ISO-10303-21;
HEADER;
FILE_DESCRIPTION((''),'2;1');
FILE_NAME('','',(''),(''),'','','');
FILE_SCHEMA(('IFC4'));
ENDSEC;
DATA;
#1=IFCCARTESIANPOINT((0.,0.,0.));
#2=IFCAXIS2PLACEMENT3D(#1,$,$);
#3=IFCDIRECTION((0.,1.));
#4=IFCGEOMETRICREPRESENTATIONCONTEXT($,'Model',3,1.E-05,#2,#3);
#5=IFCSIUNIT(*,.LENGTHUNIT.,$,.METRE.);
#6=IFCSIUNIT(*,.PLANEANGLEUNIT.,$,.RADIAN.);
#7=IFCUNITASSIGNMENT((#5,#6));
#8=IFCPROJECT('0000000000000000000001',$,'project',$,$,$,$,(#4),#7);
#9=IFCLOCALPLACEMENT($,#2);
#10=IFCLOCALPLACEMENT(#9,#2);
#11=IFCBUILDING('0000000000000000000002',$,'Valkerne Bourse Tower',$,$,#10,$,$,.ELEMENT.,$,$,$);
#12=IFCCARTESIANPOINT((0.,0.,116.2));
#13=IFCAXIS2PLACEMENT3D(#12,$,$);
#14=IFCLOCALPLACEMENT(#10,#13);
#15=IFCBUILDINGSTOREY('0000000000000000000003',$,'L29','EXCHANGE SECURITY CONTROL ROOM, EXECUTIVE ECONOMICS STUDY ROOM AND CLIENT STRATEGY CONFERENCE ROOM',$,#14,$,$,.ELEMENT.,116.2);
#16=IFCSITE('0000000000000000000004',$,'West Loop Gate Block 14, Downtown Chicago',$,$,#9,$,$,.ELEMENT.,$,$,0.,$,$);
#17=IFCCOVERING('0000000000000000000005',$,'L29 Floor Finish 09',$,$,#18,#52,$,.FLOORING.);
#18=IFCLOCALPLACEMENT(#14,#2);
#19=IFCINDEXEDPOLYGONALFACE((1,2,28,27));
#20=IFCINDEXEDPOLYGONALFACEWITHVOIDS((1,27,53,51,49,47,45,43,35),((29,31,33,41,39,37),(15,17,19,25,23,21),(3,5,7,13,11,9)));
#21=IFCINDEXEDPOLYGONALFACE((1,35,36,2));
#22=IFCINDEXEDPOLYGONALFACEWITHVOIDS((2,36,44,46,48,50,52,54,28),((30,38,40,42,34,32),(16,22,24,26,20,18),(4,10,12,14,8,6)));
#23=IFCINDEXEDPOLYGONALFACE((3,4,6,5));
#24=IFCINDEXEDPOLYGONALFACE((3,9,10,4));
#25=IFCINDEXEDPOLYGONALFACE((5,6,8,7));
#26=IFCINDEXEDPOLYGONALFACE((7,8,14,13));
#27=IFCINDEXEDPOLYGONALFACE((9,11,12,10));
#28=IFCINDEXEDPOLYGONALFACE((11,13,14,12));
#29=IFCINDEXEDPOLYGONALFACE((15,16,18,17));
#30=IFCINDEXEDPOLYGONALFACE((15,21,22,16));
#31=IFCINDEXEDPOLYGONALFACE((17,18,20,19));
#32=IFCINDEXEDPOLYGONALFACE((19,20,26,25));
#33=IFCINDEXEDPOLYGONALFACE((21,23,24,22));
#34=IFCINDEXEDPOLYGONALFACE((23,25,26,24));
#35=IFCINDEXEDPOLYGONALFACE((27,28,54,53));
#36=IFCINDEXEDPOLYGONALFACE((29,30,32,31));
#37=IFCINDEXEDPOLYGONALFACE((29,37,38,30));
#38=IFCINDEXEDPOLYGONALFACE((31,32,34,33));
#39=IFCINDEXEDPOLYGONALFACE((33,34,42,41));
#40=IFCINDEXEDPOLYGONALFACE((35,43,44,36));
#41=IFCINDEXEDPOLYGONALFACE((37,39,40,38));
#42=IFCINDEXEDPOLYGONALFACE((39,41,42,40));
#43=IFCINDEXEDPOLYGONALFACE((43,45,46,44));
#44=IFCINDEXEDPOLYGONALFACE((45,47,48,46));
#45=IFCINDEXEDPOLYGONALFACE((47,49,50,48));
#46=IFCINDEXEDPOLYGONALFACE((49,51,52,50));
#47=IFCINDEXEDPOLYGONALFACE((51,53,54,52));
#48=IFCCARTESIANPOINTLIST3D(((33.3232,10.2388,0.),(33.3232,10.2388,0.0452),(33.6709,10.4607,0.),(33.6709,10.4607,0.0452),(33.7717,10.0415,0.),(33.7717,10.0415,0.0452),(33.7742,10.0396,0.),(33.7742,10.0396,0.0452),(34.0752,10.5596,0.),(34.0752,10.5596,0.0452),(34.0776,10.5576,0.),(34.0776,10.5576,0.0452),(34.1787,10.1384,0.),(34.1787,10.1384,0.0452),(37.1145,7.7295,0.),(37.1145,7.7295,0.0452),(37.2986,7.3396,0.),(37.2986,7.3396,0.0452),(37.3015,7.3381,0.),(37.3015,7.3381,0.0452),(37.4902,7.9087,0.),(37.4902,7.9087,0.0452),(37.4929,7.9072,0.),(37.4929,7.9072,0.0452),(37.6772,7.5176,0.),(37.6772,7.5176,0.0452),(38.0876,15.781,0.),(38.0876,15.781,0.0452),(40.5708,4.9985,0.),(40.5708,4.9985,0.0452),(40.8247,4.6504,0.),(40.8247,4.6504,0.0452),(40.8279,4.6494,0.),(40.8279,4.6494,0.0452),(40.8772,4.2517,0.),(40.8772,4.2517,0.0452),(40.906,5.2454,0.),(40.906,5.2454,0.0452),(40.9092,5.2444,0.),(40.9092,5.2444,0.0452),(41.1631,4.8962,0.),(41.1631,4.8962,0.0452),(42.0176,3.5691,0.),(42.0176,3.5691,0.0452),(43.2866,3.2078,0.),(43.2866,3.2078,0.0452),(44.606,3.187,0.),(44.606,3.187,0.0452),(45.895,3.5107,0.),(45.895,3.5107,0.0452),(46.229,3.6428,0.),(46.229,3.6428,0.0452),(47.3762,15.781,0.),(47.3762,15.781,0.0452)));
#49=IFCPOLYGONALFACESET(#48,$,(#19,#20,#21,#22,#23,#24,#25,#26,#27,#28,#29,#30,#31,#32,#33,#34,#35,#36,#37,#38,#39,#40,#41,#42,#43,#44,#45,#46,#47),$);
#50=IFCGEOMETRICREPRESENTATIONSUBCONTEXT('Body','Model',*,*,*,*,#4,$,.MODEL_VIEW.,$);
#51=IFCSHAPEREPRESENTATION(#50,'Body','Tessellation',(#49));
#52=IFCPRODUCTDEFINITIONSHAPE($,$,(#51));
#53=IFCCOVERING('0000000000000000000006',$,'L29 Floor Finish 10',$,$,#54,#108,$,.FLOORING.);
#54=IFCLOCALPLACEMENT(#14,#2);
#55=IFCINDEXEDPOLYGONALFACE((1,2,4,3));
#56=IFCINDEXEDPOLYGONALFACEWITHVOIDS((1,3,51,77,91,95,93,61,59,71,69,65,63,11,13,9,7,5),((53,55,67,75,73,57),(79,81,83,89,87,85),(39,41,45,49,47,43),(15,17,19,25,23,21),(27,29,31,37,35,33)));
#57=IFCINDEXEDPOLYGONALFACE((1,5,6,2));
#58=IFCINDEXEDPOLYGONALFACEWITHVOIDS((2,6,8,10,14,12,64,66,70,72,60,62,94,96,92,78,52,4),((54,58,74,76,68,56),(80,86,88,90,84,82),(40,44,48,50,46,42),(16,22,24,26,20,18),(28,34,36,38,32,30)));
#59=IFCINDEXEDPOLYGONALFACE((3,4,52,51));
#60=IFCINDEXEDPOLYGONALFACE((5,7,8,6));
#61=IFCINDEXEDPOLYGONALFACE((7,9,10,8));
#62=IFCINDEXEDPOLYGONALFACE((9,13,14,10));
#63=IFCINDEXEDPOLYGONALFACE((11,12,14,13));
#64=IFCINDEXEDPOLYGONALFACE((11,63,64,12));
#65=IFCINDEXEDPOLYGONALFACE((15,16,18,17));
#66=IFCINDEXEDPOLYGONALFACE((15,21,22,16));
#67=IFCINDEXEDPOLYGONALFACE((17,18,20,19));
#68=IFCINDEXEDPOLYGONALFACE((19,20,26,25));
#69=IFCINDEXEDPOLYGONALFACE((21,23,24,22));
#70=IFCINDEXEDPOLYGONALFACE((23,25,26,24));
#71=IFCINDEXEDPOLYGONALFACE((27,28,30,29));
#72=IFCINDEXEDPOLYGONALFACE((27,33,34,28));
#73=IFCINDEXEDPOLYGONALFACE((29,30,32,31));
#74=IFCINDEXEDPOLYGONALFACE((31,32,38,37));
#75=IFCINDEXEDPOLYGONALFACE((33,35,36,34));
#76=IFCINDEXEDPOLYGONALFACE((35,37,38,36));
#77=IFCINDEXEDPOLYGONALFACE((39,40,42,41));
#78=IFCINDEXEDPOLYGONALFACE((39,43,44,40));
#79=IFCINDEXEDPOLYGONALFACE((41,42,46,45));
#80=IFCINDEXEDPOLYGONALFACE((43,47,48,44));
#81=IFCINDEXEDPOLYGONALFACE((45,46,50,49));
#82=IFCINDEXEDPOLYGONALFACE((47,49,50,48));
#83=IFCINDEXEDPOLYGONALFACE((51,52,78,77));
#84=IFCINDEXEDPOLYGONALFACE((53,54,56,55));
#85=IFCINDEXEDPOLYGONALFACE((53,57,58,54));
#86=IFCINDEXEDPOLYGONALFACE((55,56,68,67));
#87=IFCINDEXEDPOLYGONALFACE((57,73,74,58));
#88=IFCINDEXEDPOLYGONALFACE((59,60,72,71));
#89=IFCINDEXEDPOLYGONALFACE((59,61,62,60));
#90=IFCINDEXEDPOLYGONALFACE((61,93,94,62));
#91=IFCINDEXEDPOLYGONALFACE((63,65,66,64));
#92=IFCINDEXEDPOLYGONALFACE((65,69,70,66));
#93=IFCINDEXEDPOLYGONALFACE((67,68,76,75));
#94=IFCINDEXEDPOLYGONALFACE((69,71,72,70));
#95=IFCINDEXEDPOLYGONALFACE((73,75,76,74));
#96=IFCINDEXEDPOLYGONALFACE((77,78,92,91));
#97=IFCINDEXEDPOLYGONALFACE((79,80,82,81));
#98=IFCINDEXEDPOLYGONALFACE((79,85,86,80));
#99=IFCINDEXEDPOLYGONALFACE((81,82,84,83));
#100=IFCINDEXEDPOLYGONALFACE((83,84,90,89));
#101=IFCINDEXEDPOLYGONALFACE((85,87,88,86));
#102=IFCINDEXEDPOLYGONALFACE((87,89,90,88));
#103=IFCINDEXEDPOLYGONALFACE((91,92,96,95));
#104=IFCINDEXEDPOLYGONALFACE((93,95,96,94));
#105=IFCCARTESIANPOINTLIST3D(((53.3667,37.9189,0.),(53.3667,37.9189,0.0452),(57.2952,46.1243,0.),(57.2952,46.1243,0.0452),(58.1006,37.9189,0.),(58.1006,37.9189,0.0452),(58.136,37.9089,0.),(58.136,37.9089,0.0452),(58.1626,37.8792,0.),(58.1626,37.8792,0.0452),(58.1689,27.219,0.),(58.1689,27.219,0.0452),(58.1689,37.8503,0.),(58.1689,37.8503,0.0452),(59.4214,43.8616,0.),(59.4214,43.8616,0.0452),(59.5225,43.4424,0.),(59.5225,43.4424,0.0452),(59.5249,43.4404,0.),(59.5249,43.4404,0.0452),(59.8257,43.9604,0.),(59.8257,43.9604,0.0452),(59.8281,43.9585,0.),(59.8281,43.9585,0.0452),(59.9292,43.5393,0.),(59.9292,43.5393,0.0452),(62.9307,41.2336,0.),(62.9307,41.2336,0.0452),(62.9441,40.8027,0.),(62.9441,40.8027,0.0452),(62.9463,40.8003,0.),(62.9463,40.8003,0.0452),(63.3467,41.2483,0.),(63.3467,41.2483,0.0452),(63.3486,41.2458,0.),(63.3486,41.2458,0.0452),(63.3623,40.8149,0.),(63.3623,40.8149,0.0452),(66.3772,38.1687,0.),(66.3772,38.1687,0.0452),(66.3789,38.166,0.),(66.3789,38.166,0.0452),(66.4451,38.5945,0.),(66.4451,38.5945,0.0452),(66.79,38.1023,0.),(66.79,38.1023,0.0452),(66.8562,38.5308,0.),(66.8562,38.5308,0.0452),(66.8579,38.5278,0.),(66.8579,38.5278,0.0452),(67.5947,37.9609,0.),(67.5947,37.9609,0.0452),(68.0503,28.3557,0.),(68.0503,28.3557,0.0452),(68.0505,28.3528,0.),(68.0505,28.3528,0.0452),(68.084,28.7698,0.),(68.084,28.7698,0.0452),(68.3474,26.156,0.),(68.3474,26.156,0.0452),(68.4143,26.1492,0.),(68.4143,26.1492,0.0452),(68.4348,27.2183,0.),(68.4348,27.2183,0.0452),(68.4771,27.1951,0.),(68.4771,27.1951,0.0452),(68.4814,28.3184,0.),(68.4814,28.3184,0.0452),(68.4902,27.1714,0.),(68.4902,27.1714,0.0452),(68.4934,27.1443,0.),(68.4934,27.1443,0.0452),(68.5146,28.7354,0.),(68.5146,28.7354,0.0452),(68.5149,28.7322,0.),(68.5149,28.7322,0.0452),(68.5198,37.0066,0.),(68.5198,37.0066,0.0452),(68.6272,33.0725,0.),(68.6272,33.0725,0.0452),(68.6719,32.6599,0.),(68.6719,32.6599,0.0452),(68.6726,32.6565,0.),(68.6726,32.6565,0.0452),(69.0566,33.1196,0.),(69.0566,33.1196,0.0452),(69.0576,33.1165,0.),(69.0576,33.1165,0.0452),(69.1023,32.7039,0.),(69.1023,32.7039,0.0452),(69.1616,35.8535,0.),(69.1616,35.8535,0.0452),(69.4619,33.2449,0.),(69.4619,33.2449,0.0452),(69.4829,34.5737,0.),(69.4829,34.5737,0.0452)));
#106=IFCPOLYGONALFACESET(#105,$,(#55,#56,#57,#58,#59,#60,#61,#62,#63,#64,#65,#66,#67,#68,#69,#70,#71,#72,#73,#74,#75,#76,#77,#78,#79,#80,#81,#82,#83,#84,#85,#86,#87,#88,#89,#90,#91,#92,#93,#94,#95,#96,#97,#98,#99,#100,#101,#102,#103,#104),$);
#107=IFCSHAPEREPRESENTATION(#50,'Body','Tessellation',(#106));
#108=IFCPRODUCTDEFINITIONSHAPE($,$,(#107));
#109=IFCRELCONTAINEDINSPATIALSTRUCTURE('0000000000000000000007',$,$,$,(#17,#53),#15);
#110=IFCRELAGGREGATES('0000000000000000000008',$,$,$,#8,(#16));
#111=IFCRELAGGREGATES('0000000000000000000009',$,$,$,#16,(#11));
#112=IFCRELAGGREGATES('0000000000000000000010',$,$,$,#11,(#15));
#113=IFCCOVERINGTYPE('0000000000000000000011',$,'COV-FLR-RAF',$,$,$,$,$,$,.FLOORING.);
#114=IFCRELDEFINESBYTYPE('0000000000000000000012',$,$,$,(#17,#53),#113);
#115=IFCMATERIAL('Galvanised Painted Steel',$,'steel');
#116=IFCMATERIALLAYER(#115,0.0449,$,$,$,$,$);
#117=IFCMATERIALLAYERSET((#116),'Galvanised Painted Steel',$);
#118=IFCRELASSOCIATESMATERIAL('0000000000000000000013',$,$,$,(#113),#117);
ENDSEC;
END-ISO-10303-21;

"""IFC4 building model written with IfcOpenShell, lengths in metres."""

from ifc_helpers import new_model, si_unit, direction, frame, origin, place, context, subcontext, project, spatial, polyline, outline, extrude, material, layer, layer_set, type_object, element, save


model = new_model("IFC4")

# Units and contexts
model_context = context("Model", 3, precision=1e-05, world=origin(), true_north=direction((0.0, 1.0)))
body_context = subcontext(model_context, "Body", "Model", "MODEL_VIEW")
ifc_project = project(units=[si_unit("LENGTHUNIT", "METRE"), si_unit("PLANEANGLEUNIT", "RADIAN")], contexts=[model_context])

# Site, building, storey
site_placement = place(None, origin())
site = spatial("IfcSite", under=ifc_project, at=site_placement, Name="West Loop Gate Block 14, Downtown Chicago", CompositionType="ELEMENT", RefElevation=0.0)
building_placement = place(site_placement, origin())
building = spatial("IfcBuilding", under=site, at=building_placement, Name="Valkerne Bourse Tower", CompositionType="ELEMENT")
storey_placement = place(building_placement, frame((0.0, 0.0, 116.2)))
storey = spatial("IfcBuildingStorey", under=building, at=storey_placement, Name="L29", Description="EXCHANGE SECURITY CONTROL ROOM, EXECUTIVE ECONOMICS STUDY ROOM AND CLIENT STRATEGY CONFERENCE ROOM", CompositionType="ELEMENT", Elevation=116.2)

# Coverings
ifc_material_1 = material(Name="Galvanised Painted Steel", Category="steel")
ifc_layer_1 = layer(ifc_material_1, 0.0449)
ifc_layer_set_1 = layer_set([ifc_layer_1], Name="Galvanised Painted Steel")
covering_type_1 = type_object("IfcCoveringType", Name="COV-FLR-RAF", PredefinedType="FLOORING", material=ifc_layer_set_1)
covering_1_placement = place(storey_placement, origin())
element("IfcCovering", 1, at=covering_1_placement, inside=storey, type_object=covering_type_1, Name="L29 Floor Finish 09", PredefinedType="FLOORING", context=body_context, shape_type="SweptSolid", body=[
    extrude(outline(polyline([(43.2866, 3.2078), (42.0176, 3.5691), (40.8772, 4.2517), (33.3232, 10.2388), (38.0876, 15.781), (47.3762, 15.781), (46.229, 3.6428), (45.895, 3.5107), (44.606, 3.187), (43.2866, 3.2078)]), holes=[polyline([(37.4929, 7.9072), (37.4902, 7.9087), (37.1145, 7.7295), (37.2986, 7.3396), (37.3015, 7.3381), (37.6772, 7.5176), (37.4929, 7.9072)]), polyline([(34.0776, 10.5576), (34.0752, 10.5596), (33.6709, 10.4607), (33.7717, 10.0415), (33.7742, 10.0396), (34.1787, 10.1384), (34.0776, 10.5576)]), polyline([(40.9092, 5.2444), (40.906, 5.2454), (40.5708, 4.9985), (40.8247, 4.6504), (40.8279, 4.6494), (41.1631, 4.8962), (40.9092, 5.2444)])]), origin(), (0.0, 0.0, 1.0), 0.0452),
])
covering_2_placement = place(storey_placement, origin())
element("IfcCovering", 2, at=covering_2_placement, inside=storey, type_object=covering_type_1, Name="L29 Floor Finish 10", PredefinedType="FLOORING", context=body_context, shape_type="SweptSolid", body=[
    extrude(outline(polyline([(69.1616, 35.8535), (69.4829, 34.5737), (69.4619, 33.2449), (68.4143, 26.1492), (68.3474, 26.156), (68.4934, 27.1443), (68.4902, 27.1714), (68.4771, 27.1951), (68.4348, 27.2183), (58.1689, 27.219), (58.1689, 37.8503), (58.1626, 37.8792), (58.136, 37.9089), (58.1006, 37.9189), (53.3667, 37.9189), (57.2952, 46.1243), (67.5947, 37.9609), (68.5198, 37.0066), (69.1616, 35.8535)]), holes=[polyline([(68.5149, 28.7322), (68.5146, 28.7354), (68.084, 28.7698), (68.0503, 28.3557), (68.0505, 28.3528), (68.4814, 28.3184), (68.5149, 28.7322)]), polyline([(69.0576, 33.1165), (69.0566, 33.1196), (68.6272, 33.0725), (68.6719, 32.6599), (68.6726, 32.6565), (69.1023, 32.7039), (69.0576, 33.1165)]), polyline([(66.8579, 38.5278), (66.8562, 38.5308), (66.4451, 38.5945), (66.3772, 38.1687), (66.3789, 38.166), (66.79, 38.1023), (66.8579, 38.5278)]), polyline([(63.3623, 40.8149), (63.3486, 41.2458), (63.3467, 41.2483), (62.9307, 41.2336), (62.9441, 40.8027), (62.9463, 40.8003), (63.3623, 40.8149)]), polyline([(59.8281, 43.9585), (59.8257, 43.9604), (59.4214, 43.8616), (59.5225, 43.4424), (59.5249, 43.4404), (59.9292, 43.5393), (59.8281, 43.9585)])]), origin(), (0.0, 0.0, 1.0), 0.0452),
])

save(model, "model.ifc")
